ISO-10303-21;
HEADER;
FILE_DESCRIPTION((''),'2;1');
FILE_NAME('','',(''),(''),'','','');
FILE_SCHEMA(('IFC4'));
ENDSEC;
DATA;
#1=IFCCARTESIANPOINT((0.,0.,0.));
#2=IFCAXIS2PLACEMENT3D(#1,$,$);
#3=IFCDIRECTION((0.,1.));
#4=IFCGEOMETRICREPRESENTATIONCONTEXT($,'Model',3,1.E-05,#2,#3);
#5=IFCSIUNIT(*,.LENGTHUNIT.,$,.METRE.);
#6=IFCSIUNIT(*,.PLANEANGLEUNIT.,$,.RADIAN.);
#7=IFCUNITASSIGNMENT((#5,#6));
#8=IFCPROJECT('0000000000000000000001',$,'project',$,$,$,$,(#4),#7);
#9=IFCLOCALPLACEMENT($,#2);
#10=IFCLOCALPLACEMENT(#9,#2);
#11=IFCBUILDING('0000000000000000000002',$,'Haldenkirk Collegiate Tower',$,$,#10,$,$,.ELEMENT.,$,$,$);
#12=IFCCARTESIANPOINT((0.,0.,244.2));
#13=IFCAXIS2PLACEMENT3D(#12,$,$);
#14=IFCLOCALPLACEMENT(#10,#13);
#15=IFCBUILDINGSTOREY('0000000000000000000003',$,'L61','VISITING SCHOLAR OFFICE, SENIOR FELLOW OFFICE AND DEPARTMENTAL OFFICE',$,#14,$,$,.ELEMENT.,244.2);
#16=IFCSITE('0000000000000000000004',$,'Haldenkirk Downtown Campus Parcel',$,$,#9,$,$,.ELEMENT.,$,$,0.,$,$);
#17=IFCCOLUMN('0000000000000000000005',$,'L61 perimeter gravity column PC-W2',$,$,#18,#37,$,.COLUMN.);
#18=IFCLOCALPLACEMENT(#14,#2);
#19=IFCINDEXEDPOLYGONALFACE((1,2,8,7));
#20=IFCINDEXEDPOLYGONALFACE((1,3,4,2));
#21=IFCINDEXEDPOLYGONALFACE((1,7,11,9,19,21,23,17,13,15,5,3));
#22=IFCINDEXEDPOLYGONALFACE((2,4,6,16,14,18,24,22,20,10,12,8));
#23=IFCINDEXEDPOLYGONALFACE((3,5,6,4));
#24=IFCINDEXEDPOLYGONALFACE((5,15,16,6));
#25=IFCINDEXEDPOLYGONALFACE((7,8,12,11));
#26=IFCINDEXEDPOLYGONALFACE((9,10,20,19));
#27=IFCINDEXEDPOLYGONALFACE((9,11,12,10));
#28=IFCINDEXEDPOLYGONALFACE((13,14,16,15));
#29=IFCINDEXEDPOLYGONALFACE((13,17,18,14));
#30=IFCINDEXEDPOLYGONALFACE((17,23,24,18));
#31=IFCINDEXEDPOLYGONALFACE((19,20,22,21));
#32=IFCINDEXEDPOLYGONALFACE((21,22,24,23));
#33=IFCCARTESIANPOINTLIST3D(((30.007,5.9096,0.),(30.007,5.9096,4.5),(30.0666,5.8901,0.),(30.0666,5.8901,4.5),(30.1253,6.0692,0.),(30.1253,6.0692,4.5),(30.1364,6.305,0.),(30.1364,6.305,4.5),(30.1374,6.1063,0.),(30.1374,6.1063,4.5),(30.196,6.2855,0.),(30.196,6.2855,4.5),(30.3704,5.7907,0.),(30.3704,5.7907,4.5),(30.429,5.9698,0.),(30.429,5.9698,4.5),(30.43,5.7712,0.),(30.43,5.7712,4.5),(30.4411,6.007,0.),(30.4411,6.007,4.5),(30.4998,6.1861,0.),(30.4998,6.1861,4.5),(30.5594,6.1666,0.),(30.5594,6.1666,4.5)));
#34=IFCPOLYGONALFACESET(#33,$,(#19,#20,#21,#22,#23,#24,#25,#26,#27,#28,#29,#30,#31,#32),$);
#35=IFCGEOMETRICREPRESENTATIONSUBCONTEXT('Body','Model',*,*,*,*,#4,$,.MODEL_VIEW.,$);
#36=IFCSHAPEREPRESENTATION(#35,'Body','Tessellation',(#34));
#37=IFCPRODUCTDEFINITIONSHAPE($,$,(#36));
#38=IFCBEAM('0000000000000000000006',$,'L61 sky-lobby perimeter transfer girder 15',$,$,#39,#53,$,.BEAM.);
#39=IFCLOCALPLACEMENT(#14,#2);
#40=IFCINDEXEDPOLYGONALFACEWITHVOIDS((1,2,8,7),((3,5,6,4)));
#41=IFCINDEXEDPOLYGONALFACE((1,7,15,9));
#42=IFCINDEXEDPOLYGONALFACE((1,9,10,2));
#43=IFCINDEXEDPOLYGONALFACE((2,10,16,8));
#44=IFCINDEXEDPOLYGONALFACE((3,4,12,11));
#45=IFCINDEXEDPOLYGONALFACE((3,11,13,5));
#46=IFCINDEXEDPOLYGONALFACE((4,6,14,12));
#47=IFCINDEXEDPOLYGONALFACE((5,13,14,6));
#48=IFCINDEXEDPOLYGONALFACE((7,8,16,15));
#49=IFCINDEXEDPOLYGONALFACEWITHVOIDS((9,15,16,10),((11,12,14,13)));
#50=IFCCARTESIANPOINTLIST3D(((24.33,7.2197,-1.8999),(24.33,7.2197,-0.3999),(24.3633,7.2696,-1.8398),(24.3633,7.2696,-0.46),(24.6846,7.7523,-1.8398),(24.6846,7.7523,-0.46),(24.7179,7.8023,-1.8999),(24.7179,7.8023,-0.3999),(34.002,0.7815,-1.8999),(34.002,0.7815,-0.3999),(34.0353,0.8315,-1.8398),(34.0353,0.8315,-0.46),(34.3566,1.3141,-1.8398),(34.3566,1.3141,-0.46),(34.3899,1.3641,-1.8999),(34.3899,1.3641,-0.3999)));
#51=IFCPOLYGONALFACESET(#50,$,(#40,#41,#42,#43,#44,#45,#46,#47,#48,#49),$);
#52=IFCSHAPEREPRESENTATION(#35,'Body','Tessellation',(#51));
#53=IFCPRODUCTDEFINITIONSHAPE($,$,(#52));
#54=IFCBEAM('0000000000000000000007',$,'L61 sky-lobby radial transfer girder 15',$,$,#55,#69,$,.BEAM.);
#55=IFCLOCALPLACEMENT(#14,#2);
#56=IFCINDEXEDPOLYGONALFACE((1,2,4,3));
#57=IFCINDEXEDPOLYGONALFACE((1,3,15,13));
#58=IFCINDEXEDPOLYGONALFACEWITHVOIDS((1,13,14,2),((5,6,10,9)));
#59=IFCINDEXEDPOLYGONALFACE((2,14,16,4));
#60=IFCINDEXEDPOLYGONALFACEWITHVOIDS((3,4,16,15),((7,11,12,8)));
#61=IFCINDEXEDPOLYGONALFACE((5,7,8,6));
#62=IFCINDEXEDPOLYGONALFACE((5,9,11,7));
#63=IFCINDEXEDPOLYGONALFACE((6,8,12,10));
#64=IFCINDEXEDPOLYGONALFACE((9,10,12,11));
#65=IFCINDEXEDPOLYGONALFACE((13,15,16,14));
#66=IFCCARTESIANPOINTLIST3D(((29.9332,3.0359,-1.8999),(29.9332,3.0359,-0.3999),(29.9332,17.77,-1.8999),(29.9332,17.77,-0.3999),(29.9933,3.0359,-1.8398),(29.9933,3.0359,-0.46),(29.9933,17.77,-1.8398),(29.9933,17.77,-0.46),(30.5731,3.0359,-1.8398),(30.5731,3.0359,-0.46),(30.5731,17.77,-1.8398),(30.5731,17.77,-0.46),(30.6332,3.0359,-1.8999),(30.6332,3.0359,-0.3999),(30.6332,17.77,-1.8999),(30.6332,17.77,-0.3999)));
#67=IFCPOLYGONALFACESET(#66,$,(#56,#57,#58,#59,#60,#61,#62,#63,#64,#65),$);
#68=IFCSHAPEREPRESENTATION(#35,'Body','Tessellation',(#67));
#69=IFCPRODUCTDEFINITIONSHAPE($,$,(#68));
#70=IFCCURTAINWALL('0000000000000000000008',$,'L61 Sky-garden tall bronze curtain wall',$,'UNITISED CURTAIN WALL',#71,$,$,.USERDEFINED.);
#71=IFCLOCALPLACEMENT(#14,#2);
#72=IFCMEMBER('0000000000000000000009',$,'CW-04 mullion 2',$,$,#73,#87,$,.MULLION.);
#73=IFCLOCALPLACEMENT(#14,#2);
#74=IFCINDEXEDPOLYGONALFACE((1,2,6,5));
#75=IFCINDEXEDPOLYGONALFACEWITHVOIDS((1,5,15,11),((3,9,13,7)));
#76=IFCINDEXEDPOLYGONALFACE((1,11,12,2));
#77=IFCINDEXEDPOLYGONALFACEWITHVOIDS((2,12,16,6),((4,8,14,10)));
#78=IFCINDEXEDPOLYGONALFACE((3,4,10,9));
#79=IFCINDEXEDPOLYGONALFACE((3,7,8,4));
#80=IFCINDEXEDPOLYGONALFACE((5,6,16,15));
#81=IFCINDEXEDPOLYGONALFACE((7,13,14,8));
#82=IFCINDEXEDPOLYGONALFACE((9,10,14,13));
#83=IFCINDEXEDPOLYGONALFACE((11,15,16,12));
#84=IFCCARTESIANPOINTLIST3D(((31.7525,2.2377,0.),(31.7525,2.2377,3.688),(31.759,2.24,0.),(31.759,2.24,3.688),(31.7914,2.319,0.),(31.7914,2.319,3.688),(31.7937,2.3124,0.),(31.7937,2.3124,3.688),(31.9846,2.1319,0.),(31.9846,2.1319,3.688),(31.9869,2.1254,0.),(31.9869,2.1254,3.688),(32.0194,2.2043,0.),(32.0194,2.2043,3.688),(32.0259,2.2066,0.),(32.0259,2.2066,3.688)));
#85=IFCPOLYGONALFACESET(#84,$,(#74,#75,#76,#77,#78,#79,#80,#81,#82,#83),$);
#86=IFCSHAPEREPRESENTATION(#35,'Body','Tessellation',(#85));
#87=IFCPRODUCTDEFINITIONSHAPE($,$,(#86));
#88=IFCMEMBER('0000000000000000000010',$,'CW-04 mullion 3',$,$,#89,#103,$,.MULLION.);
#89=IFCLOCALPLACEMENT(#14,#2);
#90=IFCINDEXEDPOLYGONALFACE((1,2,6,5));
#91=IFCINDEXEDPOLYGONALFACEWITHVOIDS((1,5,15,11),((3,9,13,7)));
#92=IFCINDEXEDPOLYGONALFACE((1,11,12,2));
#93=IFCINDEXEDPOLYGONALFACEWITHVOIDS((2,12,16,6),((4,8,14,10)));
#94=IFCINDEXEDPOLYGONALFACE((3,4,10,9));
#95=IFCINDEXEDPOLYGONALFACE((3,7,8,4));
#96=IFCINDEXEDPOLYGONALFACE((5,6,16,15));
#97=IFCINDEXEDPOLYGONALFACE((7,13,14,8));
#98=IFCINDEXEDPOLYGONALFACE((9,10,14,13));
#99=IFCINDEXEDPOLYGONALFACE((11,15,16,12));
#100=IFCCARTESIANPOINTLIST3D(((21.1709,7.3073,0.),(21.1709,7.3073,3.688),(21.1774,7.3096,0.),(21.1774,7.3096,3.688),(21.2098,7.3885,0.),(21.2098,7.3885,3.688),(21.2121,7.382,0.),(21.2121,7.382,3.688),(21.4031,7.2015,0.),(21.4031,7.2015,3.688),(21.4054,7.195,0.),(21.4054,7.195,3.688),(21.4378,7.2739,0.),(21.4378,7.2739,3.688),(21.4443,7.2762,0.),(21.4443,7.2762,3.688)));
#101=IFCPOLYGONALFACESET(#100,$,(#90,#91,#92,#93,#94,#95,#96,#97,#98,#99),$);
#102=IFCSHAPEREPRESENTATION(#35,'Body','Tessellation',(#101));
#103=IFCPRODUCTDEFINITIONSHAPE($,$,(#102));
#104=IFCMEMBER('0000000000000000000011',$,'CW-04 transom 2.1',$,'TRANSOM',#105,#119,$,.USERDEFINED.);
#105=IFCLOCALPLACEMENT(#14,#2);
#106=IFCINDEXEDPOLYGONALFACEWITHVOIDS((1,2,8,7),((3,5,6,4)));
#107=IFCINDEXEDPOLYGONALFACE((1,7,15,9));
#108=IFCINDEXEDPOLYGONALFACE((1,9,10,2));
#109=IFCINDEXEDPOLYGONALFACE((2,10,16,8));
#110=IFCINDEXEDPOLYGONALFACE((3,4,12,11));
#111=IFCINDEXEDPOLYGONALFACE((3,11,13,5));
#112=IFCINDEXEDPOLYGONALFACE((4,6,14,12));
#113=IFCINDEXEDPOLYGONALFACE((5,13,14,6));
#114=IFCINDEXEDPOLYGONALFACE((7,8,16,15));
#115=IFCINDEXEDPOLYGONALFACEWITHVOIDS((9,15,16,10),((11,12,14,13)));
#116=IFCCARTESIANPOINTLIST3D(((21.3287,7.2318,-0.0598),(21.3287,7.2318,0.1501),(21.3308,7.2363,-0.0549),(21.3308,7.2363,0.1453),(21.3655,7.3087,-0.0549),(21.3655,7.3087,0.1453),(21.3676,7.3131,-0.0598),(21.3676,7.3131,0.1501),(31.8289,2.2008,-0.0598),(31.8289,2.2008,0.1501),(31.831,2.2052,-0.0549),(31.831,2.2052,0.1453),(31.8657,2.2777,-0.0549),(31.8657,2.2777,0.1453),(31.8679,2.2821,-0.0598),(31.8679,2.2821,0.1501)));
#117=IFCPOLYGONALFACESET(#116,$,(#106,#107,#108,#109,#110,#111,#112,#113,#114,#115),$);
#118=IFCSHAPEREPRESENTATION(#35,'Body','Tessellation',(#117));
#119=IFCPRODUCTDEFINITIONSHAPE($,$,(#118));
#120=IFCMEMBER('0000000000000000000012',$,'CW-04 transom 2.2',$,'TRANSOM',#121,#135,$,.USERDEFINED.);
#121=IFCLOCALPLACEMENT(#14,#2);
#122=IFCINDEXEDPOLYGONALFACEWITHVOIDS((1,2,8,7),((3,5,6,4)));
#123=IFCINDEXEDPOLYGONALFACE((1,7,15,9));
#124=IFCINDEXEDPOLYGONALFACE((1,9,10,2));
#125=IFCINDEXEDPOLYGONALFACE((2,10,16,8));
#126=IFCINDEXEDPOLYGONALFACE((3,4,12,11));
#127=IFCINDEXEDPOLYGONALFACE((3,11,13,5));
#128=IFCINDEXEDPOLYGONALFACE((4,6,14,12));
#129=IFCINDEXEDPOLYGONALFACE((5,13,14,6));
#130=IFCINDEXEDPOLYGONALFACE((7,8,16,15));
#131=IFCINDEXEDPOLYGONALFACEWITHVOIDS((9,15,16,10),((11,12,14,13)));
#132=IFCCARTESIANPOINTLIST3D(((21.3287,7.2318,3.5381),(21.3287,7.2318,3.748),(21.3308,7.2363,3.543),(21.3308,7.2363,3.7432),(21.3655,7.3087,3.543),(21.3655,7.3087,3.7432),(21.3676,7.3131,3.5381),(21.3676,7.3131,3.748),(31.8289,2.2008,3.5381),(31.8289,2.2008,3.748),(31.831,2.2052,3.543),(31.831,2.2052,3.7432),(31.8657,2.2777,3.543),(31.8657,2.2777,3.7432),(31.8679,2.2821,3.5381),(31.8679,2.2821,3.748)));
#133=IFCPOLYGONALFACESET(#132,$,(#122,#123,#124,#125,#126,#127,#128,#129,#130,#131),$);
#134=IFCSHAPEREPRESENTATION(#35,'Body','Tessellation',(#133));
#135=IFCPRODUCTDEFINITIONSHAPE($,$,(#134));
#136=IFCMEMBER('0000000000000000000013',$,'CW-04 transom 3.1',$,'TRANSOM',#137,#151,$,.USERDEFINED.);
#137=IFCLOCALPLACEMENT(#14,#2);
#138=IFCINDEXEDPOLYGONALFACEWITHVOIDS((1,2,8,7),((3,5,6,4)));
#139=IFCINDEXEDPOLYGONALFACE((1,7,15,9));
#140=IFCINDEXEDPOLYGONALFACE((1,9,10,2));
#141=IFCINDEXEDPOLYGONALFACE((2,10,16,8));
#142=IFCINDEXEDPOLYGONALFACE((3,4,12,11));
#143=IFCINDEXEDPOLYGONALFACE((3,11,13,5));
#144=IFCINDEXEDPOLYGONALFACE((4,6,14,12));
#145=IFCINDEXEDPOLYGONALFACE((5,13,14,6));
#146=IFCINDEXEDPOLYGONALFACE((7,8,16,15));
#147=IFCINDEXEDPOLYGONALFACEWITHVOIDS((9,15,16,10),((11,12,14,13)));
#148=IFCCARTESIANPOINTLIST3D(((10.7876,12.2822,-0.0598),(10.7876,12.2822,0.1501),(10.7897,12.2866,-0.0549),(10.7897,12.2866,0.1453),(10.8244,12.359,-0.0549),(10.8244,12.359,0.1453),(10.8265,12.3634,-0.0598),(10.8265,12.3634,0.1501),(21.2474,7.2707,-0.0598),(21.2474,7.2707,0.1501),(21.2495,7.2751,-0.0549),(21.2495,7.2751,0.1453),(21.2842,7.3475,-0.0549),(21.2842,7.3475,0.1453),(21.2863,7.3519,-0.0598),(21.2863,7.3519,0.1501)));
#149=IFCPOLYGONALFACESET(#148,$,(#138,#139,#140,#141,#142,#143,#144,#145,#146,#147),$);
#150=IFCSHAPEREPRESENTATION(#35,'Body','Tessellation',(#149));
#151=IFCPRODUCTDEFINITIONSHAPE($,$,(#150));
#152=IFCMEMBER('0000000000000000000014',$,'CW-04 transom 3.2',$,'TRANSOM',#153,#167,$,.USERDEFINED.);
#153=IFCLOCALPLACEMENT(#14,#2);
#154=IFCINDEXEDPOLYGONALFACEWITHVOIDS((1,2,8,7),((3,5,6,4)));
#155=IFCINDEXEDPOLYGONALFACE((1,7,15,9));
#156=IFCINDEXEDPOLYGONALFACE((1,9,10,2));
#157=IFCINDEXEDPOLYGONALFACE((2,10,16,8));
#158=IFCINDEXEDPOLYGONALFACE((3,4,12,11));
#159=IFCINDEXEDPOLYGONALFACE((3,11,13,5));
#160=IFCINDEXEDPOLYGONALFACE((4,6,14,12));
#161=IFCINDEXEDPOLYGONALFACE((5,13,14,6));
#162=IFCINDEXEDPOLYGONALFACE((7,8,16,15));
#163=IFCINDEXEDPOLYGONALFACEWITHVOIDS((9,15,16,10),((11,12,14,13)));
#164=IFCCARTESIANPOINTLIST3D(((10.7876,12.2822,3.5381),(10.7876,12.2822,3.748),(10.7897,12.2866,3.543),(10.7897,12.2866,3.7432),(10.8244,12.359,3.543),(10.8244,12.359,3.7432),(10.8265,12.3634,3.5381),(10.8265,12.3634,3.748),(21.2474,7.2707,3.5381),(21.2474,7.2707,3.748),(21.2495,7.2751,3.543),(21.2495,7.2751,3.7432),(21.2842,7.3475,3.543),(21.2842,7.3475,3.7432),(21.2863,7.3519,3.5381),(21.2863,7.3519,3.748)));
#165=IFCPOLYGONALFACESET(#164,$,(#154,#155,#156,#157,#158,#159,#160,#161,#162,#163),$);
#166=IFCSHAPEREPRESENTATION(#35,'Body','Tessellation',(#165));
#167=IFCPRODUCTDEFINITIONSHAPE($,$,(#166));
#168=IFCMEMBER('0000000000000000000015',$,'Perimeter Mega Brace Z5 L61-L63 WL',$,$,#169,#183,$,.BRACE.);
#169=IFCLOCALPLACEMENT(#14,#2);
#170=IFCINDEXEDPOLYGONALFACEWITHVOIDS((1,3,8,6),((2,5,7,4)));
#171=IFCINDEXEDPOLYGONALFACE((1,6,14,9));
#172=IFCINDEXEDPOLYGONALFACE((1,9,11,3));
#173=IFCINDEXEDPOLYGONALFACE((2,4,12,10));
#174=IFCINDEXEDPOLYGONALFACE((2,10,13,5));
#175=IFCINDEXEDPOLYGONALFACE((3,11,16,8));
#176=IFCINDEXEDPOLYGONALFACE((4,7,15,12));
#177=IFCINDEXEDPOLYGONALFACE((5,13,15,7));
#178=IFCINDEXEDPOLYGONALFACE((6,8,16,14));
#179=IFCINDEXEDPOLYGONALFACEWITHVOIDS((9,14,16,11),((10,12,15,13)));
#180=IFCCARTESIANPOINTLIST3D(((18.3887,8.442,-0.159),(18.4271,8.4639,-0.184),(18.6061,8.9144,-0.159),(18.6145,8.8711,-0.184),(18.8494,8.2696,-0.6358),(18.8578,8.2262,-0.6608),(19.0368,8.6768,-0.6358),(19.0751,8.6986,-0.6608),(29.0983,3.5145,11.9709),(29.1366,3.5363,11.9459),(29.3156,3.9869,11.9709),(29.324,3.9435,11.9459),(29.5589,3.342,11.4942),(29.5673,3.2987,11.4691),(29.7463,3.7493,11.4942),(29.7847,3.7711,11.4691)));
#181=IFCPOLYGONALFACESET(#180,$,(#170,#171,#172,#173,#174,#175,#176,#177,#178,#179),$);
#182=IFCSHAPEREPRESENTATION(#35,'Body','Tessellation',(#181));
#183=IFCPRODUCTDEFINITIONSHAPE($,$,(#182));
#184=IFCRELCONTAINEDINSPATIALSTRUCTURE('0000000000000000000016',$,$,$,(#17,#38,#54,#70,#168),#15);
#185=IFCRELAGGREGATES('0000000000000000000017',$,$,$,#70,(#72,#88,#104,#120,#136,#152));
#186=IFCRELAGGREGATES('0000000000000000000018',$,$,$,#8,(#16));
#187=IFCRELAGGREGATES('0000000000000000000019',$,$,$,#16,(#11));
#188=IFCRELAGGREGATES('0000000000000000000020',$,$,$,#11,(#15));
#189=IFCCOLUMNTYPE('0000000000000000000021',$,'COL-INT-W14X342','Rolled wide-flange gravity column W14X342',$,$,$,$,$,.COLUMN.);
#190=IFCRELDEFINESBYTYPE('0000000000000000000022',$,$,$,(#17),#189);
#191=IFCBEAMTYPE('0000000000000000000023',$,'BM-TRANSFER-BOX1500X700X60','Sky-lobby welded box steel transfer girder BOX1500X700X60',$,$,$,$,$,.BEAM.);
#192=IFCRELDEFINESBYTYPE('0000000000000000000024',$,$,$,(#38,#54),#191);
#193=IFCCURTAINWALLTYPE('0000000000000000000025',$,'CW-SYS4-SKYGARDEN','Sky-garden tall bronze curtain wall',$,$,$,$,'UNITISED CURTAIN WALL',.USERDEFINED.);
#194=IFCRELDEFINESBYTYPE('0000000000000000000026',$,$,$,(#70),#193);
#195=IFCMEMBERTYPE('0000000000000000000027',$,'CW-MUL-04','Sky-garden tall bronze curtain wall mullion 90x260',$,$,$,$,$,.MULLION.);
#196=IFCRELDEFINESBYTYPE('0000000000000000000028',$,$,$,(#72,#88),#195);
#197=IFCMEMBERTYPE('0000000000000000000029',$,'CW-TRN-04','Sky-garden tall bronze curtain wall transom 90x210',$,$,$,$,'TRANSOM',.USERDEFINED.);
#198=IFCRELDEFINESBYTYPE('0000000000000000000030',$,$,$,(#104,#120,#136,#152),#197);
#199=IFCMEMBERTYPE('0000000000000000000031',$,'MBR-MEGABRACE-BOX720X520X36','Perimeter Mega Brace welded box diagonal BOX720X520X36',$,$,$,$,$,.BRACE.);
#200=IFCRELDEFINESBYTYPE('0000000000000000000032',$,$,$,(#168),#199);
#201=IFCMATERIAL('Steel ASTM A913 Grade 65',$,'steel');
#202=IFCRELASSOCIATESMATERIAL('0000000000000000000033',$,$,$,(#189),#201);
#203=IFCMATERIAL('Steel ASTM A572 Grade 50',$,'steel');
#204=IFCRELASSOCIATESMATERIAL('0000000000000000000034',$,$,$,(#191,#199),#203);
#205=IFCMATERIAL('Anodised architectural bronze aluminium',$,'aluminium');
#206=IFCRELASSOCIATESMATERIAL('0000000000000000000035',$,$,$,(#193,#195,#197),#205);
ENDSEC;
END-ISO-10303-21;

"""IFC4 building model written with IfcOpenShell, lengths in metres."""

from ifc_helpers import new_model, si_unit, direction, frame, origin, origin_2d, place, context, subcontext, project, spatial, hollow_rectangle, i_section, extrude, material, material_profile, profile_set, type_object, element, aggregate, save


model = new_model("IFC4")

# Units and contexts
model_context = context("Model", 3, precision=1e-05, world=origin(), true_north=direction((0.0, 1.0)))
body_context = subcontext(model_context, "Body", "Model", "MODEL_VIEW")
ifc_project = project(units=[si_unit("LENGTHUNIT", "METRE"), si_unit("PLANEANGLEUNIT", "RADIAN")], contexts=[model_context])

# Site, building, storey
site_placement = place(None, origin())
site = spatial("IfcSite", under=ifc_project, at=site_placement, Name="Haldenkirk Downtown Campus Parcel", CompositionType="ELEMENT", RefElevation=0.0)
building_placement = place(site_placement, origin())
building = spatial("IfcBuilding", under=site, at=building_placement, Name="Haldenkirk Collegiate Tower", CompositionType="ELEMENT")
storey_placement = place(building_placement, frame((0.0, 0.0, 244.2)))
storey = spatial("IfcBuildingStorey", under=building, at=storey_placement, Name="L61", Description="VISITING SCHOLAR OFFICE, SENIOR FELLOW OFFICE AND DEPARTMENTAL OFFICE", CompositionType="ELEMENT", Elevation=244.2)

# Column
ifc_material_1 = material(Name="Steel ASTM A913 Grade 65", Category="steel")
ifc_material_profile_1 = material_profile(ifc_material_1, i_section(OverallWidth=0.416, OverallDepth=0.4451, WebThickness=0.0391, FlangeThickness=0.0627, at=origin_2d()), Name="W14X342")
ifc_profile_set_1 = profile_set([ifc_material_profile_1], Name="Steel ASTM A913 Grade 65")
column_type = type_object("IfcColumnType", Name="COL-INT-W14X342", Description="Rolled wide-flange gravity column W14X342", PredefinedType="COLUMN", material=ifc_profile_set_1)
column_placement = place(storey_placement, frame((30.2832, 6.0381, 0.0), z_axis=(0.0, 0.0, 1.0), x_axis=(0.311008, 0.950407, 0.0)))
element("IfcColumn", 1, at=column_placement, inside=storey, type_object=column_type, Name="L61 perimeter gravity column PC-W2", PredefinedType="COLUMN", context=body_context, shape_type="SweptSolid", body=[
    extrude(i_section(OverallWidth=0.416, OverallDepth=0.4451, WebThickness=0.0391, FlangeThickness=0.0627, at=origin_2d()), origin(), (0.0, 0.0, 1.0), 4.5),
])

# Beams
ifc_material_2 = material(Name="Steel ASTM A572 Grade 50", Category="steel")
ifc_material_profile_2 = material_profile(ifc_material_2, hollow_rectangle(XDim=0.7, YDim=1.5, WallThickness=0.0601, at=origin_2d()), Name="BOX1500X700X60")
ifc_profile_set_2 = profile_set([ifc_material_profile_2], Name="Steel ASTM A572 Grade 50")
beam_type = type_object("IfcBeamType", Name="BM-TRANSFER-BOX1500X700X60", Description="Sky-lobby welded box steel transfer girder BOX1500X700X60", PredefinedType="BEAM", material=ifc_profile_set_2)
beam_1_placement = place(storey_placement, frame((24.5239, 7.511, -1.1499), z_axis=(0.832441, -0.554113, 0.0), x_axis=(0.554113, 0.832441, 0.0)))
element("IfcBeam", 2, at=beam_1_placement, inside=storey, type_object=beam_type, Name="L61 sky-lobby perimeter transfer girder 15", PredefinedType="BEAM", context=body_context, shape_type="SweptSolid", body=[
    extrude(hollow_rectangle(XDim=0.7, YDim=1.5, WallThickness=0.0601, at=origin_2d()), origin(), (0.0, 0.0, 1.0), 11.6189),
])
beam_2_placement = place(storey_placement, frame((30.2832, 3.0359, -1.1499), z_axis=(0.0, 1.0, 0.0), x_axis=(-1.0, 0.0, 0.0)))
element("IfcBeam", 3, at=beam_2_placement, inside=storey, type_object=beam_type, Name="L61 sky-lobby radial transfer girder 15", PredefinedType="BEAM", context=body_context, shape_type="SweptSolid", body=[
    extrude(hollow_rectangle(XDim=0.7, YDim=1.5, WallThickness=0.0601, at=origin_2d()), origin(), (0.0, 0.0, 1.0), 14.7341),
])

# Curtain wall, members
ifc_material_3 = material(Name="Anodised architectural bronze aluminium", Category="aluminium")
curtain_wall_type = type_object("IfcCurtainWallType", Name="CW-SYS4-SKYGARDEN", Description="Sky-garden tall bronze curtain wall", ElementType="UNITISED CURTAIN WALL", PredefinedType="USERDEFINED", material=ifc_material_3)
curtain_wall_placement = place(storey_placement, origin())
curtain_wall = element("IfcCurtainWall", 4, at=curtain_wall_placement, inside=storey, type_object=curtain_wall_type, Name="L61 Sky-garden tall bronze curtain wall", ObjectType="UNITISED CURTAIN WALL", PredefinedType="USERDEFINED")
ifc_material_profile_3 = material_profile(ifc_material_3, hollow_rectangle(XDim=0.0901, YDim=0.26, WallThickness=0.0049, at=origin_2d()), Name="CW-MUL-04")
ifc_profile_set_3 = profile_set([ifc_material_profile_3], Name="Anodised architectural bronze aluminium")
member_type_1 = type_object("IfcMemberType", Name="CW-MUL-04", Description="Sky-garden tall bronze curtain wall mullion 90x260", PredefinedType="MULLION", material=ifc_profile_set_3)
member_1_placement = place(storey_placement, frame((31.8892, 2.2222, 0.0), z_axis=(0.0, 0.0, 1.0), x_axis=(-0.432082, -0.901834, 0.0)))
member_1 = element("IfcMember", 5, at=member_1_placement, type_object=member_type_1, Name="CW-04 mullion 2", PredefinedType="MULLION", context=body_context, shape_type="SweptSolid", body=[
    extrude(hollow_rectangle(XDim=0.0901, YDim=0.26, WallThickness=0.0049, at=origin_2d()), origin(), (0.0, 0.0, 1.0), 3.688),
])
member_2_placement = place(storey_placement, frame((21.3076, 7.2917, 0.0), z_axis=(0.0, 0.0, 1.0), x_axis=(-0.432082, -0.901834, 0.0)))
member_2 = element("IfcMember", 6, at=member_2_placement, type_object=member_type_1, Name="CW-04 mullion 3", PredefinedType="MULLION", context=body_context, shape_type="SweptSolid", body=[
    extrude(hollow_rectangle(XDim=0.0901, YDim=0.26, WallThickness=0.0049, at=origin_2d()), origin(), (0.0, 0.0, 1.0), 3.688),
])
ifc_material_profile_4 = material_profile(ifc_material_3, hollow_rectangle(XDim=0.0901, YDim=0.21, WallThickness=0.0049, at=origin_2d()), Name="CW-TRN-04")
ifc_profile_set_4 = profile_set([ifc_material_profile_4], Name="Anodised architectural bronze aluminium")
member_type_2 = type_object("IfcMemberType", Name="CW-TRN-04", Description="Sky-garden tall bronze curtain wall transom 90x210", ElementType="TRANSOM", PredefinedType="USERDEFINED", material=ifc_profile_set_4)
member_3_placement = place(storey_placement, frame((31.8484, 2.2415, 0.0452), z_axis=(-0.901828, 0.432095, 0.0), x_axis=(-0.432095, -0.901828, 0.0)))
member_3 = element("IfcMember", 7, at=member_3_placement, type_object=member_type_2, Name="CW-04 transom 2.1", ObjectType="TRANSOM", PredefinedType="USERDEFINED", context=body_context, shape_type="SweptSolid", body=[
    extrude(hollow_rectangle(XDim=0.0901, YDim=0.21, WallThickness=0.0049, at=origin_2d()), origin(), (0.0, 0.0, 1.0), 11.6433),
])
member_4_placement = place(storey_placement, frame((31.8484, 2.2415, 3.6431), z_axis=(-0.901828, 0.432095, 0.0), x_axis=(-0.432095, -0.901828, 0.0)))
member_4 = element("IfcMember", 8, at=member_4_placement, type_object=member_type_2, Name="CW-04 transom 2.2", ObjectType="TRANSOM", PredefinedType="USERDEFINED", context=body_context, shape_type="SweptSolid", body=[
    extrude(hollow_rectangle(XDim=0.0901, YDim=0.21, WallThickness=0.0049, at=origin_2d()), origin(), (0.0, 0.0, 1.0), 11.6433),
])
member_5_placement = place(storey_placement, frame((21.2668, 7.3113, 0.0452), z_axis=(-0.901832, 0.432087, 0.0), x_axis=(-0.432087, -0.901832, 0.0)))
member_5 = element("IfcMember", 9, at=member_5_placement, type_object=member_type_2, Name="CW-04 transom 3.1", ObjectType="TRANSOM", PredefinedType="USERDEFINED", context=body_context, shape_type="SweptSolid", body=[
    extrude(hollow_rectangle(XDim=0.0901, YDim=0.21, WallThickness=0.0049, at=origin_2d()), origin(), (0.0, 0.0, 1.0), 11.5984),
])
member_6_placement = place(storey_placement, frame((21.2668, 7.3113, 3.6431), z_axis=(-0.901832, 0.432087, 0.0), x_axis=(-0.432087, -0.901832, 0.0)))
member_6 = element("IfcMember", 10, at=member_6_placement, type_object=member_type_2, Name="CW-04 transom 3.2", ObjectType="TRANSOM", PredefinedType="USERDEFINED", context=body_context, shape_type="SweptSolid", body=[
    extrude(hollow_rectangle(XDim=0.0901, YDim=0.21, WallThickness=0.0049, at=origin_2d()), origin(), (0.0, 0.0, 1.0), 11.5984),
])

# Member
ifc_material_profile_5 = material_profile(ifc_material_2, hollow_rectangle(XDim=0.52, YDim=0.72, WallThickness=0.0359, at=origin_2d()), Name="BOX720X520X36")
ifc_profile_set_5 = profile_set([ifc_material_profile_5], Name="Steel ASTM A572 Grade 50")
member_type_3 = type_object("IfcMemberType", Name="MBR-MEGABRACE-BOX720X520X36", Description="Perimeter Mega Brace welded box diagonal BOX720X520X36", PredefinedType="BRACE", material=ifc_profile_set_5)
member_7_placement = place(storey_placement, frame((18.7319, 8.5703, -0.4099), z_axis=(0.633146, -0.291314, 0.717121), x_axis=(0.417985, 0.908454, 0.0)))
element("IfcMember", 11, at=member_7_placement, inside=storey, type_object=member_type_3, Name="Perimeter Mega Brace Z5 L61-L63 WL", PredefinedType="BRACE", context=body_context, shape_type="SweptSolid", body=[
    extrude(hollow_rectangle(XDim=0.52, YDim=0.72, WallThickness=0.0359, at=origin_2d()), origin(), (0.0, 0.0, 1.0), 16.9148),
])

aggregate(curtain_wall, [member_1, member_2, member_3, member_4, member_5, member_6])

save(model, "model.ifc")
